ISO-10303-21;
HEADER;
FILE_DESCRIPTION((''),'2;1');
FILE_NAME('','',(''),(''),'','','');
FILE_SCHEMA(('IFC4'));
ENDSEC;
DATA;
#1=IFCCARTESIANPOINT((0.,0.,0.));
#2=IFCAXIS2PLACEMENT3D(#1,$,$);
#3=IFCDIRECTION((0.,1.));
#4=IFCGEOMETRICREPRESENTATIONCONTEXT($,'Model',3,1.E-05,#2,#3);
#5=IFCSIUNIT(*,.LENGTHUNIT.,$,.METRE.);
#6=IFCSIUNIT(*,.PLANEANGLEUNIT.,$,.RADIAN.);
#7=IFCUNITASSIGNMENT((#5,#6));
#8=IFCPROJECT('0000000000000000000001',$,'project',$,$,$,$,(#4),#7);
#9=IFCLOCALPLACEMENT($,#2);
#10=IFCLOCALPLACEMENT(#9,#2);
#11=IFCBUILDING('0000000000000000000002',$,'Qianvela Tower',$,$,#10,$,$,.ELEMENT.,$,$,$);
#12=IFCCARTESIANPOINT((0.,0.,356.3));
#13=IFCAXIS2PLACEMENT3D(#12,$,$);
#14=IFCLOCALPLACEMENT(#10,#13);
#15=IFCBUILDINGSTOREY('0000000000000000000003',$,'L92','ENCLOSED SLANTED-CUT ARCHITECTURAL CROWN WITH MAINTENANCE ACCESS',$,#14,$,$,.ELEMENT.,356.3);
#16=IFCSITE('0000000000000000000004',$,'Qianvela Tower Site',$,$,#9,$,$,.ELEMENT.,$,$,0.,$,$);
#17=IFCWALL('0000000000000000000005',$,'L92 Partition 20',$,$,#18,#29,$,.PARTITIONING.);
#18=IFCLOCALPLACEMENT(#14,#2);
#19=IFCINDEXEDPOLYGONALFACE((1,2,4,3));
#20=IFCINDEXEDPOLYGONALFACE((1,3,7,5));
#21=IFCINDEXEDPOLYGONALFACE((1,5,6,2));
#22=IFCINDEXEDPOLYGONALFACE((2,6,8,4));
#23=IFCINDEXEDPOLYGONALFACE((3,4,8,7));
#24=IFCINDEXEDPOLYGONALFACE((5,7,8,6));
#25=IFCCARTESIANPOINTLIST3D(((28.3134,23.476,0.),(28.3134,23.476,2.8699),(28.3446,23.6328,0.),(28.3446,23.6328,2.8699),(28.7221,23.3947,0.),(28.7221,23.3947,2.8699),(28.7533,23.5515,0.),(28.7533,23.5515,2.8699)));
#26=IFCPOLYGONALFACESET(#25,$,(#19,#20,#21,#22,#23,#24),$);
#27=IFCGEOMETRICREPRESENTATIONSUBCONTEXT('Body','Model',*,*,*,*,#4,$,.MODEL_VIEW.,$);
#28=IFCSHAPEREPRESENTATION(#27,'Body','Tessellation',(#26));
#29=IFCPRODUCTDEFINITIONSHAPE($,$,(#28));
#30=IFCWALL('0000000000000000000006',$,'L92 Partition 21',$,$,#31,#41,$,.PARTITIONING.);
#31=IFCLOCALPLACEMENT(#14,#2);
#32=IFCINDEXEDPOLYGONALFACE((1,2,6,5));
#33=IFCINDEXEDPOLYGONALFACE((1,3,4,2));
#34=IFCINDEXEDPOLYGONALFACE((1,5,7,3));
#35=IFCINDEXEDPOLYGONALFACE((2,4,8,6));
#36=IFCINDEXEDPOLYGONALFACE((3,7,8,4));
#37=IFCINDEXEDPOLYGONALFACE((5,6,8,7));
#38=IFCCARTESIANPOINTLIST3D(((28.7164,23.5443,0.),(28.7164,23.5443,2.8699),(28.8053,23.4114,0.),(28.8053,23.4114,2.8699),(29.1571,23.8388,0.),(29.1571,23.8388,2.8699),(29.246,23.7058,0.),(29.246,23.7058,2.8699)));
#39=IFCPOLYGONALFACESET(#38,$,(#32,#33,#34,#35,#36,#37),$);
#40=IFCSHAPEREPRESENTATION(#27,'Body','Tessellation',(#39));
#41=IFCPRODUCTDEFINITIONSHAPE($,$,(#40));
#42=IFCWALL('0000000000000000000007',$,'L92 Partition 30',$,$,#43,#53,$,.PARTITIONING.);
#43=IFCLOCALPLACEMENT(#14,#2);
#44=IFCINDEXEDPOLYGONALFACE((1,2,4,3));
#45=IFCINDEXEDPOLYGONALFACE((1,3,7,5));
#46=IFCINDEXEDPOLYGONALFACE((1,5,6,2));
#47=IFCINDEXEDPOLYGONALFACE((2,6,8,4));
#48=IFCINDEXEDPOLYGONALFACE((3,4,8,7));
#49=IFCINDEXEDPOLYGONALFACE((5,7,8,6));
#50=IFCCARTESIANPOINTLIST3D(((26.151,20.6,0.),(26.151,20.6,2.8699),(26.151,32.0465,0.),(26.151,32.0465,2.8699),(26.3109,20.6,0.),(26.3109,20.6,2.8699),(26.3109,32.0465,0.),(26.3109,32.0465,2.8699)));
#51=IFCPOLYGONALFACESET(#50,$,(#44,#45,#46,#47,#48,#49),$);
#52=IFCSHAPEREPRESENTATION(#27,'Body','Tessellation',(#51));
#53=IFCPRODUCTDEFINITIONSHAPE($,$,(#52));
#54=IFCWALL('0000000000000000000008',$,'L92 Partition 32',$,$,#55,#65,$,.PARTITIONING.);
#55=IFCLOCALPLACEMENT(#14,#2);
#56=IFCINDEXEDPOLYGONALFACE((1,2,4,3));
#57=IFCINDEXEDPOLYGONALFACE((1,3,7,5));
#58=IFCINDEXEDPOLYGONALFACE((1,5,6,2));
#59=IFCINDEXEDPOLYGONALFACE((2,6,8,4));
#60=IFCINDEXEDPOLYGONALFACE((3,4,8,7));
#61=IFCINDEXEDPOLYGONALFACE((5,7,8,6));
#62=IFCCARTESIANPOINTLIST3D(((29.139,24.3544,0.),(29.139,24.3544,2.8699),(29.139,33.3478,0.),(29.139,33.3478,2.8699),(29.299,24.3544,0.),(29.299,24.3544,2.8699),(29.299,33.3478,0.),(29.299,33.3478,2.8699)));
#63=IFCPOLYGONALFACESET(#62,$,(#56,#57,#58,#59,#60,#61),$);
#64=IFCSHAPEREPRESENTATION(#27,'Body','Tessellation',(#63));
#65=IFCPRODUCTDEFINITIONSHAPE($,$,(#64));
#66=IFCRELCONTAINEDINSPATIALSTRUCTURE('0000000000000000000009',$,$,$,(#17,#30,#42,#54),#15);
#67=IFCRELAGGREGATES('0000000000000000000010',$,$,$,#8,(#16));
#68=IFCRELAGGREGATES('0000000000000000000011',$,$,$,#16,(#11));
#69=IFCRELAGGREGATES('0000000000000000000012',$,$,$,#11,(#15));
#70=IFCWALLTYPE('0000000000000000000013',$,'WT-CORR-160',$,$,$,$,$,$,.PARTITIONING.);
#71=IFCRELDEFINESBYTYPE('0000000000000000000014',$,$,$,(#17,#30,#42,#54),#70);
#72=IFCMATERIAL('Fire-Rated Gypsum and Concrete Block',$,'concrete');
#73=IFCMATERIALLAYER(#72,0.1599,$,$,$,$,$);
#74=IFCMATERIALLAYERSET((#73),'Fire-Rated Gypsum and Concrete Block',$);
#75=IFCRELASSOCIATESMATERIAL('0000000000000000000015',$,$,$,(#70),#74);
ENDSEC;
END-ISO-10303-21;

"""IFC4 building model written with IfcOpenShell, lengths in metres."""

from ifc_helpers import new_model, si_unit, direction, frame, frame_2d, origin, place, context, subcontext, project, spatial, rectangle, extrude, material, layer, layer_set, type_object, element, save


model = new_model("IFC4")

# Units and contexts
model_context = context("Model", 3, precision=1e-05, world=origin(), true_north=direction((0.0, 1.0)))
body_context = subcontext(model_context, "Body", "Model", "MODEL_VIEW")
ifc_project = project(units=[si_unit("LENGTHUNIT", "METRE"), si_unit("PLANEANGLEUNIT", "RADIAN")], contexts=[model_context])

# Site, building, storey
site_placement = place(None, origin())
site = spatial("IfcSite", under=ifc_project, at=site_placement, Name="Qianvela Tower Site", CompositionType="ELEMENT", RefElevation=0.0)
building_placement = place(site_placement, origin())
building = spatial("IfcBuilding", under=site, at=building_placement, Name="Qianvela Tower", CompositionType="ELEMENT")
storey_placement = place(building_placement, frame((0.0, 0.0, 356.3)))
storey = spatial("IfcBuildingStorey", under=building, at=storey_placement, Name="L92", Description="ENCLOSED SLANTED-CUT ARCHITECTURAL CROWN WITH MAINTENANCE ACCESS", CompositionType="ELEMENT", Elevation=356.3)

# Walls
ifc_material_1 = material(Name="Fire-Rated Gypsum and Concrete Block", Category="concrete")
ifc_layer_1 = layer(ifc_material_1, 0.1599)
ifc_layer_set_1 = layer_set([ifc_layer_1], Name="Fire-Rated Gypsum and Concrete Block")
wall_type_1 = type_object("IfcWallType", Name="WT-CORR-160", PredefinedType="PARTITIONING", material=ifc_layer_set_1)
wall_1_placement = place(storey_placement, frame((28.3289, 23.5544, 0.0), z_axis=(0.0, 0.0, 1.0), x_axis=(0.980783, -0.195102, 0.0)))
element("IfcWall", 1, at=wall_1_placement, inside=storey, type_object=wall_type_1, Name="L92 Partition 20", PredefinedType="PARTITIONING", context=body_context, shape_type="SweptSolid", body=[
    extrude(rectangle(XDim=0.4167, YDim=0.1599, at=frame_2d((0.2085, 0.0))), origin(), (0.0, 0.0, 1.0), 2.8699),
])
wall_2_placement = place(storey_placement, frame((28.7607, 23.4778, 0.0), z_axis=(0.0, 0.0, 1.0), x_axis=(0.831483, 0.55555, 0.0)))
element("IfcWall", 2, at=wall_2_placement, inside=storey, type_object=wall_type_1, Name="L92 Partition 21", PredefinedType="PARTITIONING", context=body_context, shape_type="SweptSolid", body=[
    extrude(rectangle(XDim=0.53, YDim=0.1599, at=frame_2d((0.2651, 0.0))), origin(), (0.0, 0.0, 1.0), 2.8699),
])

# Walls
wall_3_placement = place(storey_placement, frame((26.231, 20.6001, 0.0), z_axis=(0.0, 0.0, 1.0), x_axis=(0.0, 1.0, 0.0)))
element("IfcWall", 3, at=wall_3_placement, inside=storey, type_object=wall_type_1, Name="L92 Partition 30", PredefinedType="PARTITIONING", context=body_context, shape_type="SweptSolid", body=[
    extrude(rectangle(XDim=11.4465, YDim=0.1599, at=frame_2d((5.7231, 0.0))), origin(), (0.0, 0.0, 1.0), 2.8699),
])
wall_4_placement = place(storey_placement, frame((29.219, 33.3477, 0.0), z_axis=(0.0, 0.0, 1.0), x_axis=(0.0, -1.0, 0.0)))
element("IfcWall", 4, at=wall_4_placement, inside=storey, type_object=wall_type_1, Name="L92 Partition 32", PredefinedType="PARTITIONING", context=body_context, shape_type="SweptSolid", body=[
    extrude(rectangle(XDim=8.9934, YDim=0.1599, at=frame_2d((4.4966, 0.0))), origin(), (0.0, 0.0, 1.0), 2.8699),
])

save(model, "model.ifc")
